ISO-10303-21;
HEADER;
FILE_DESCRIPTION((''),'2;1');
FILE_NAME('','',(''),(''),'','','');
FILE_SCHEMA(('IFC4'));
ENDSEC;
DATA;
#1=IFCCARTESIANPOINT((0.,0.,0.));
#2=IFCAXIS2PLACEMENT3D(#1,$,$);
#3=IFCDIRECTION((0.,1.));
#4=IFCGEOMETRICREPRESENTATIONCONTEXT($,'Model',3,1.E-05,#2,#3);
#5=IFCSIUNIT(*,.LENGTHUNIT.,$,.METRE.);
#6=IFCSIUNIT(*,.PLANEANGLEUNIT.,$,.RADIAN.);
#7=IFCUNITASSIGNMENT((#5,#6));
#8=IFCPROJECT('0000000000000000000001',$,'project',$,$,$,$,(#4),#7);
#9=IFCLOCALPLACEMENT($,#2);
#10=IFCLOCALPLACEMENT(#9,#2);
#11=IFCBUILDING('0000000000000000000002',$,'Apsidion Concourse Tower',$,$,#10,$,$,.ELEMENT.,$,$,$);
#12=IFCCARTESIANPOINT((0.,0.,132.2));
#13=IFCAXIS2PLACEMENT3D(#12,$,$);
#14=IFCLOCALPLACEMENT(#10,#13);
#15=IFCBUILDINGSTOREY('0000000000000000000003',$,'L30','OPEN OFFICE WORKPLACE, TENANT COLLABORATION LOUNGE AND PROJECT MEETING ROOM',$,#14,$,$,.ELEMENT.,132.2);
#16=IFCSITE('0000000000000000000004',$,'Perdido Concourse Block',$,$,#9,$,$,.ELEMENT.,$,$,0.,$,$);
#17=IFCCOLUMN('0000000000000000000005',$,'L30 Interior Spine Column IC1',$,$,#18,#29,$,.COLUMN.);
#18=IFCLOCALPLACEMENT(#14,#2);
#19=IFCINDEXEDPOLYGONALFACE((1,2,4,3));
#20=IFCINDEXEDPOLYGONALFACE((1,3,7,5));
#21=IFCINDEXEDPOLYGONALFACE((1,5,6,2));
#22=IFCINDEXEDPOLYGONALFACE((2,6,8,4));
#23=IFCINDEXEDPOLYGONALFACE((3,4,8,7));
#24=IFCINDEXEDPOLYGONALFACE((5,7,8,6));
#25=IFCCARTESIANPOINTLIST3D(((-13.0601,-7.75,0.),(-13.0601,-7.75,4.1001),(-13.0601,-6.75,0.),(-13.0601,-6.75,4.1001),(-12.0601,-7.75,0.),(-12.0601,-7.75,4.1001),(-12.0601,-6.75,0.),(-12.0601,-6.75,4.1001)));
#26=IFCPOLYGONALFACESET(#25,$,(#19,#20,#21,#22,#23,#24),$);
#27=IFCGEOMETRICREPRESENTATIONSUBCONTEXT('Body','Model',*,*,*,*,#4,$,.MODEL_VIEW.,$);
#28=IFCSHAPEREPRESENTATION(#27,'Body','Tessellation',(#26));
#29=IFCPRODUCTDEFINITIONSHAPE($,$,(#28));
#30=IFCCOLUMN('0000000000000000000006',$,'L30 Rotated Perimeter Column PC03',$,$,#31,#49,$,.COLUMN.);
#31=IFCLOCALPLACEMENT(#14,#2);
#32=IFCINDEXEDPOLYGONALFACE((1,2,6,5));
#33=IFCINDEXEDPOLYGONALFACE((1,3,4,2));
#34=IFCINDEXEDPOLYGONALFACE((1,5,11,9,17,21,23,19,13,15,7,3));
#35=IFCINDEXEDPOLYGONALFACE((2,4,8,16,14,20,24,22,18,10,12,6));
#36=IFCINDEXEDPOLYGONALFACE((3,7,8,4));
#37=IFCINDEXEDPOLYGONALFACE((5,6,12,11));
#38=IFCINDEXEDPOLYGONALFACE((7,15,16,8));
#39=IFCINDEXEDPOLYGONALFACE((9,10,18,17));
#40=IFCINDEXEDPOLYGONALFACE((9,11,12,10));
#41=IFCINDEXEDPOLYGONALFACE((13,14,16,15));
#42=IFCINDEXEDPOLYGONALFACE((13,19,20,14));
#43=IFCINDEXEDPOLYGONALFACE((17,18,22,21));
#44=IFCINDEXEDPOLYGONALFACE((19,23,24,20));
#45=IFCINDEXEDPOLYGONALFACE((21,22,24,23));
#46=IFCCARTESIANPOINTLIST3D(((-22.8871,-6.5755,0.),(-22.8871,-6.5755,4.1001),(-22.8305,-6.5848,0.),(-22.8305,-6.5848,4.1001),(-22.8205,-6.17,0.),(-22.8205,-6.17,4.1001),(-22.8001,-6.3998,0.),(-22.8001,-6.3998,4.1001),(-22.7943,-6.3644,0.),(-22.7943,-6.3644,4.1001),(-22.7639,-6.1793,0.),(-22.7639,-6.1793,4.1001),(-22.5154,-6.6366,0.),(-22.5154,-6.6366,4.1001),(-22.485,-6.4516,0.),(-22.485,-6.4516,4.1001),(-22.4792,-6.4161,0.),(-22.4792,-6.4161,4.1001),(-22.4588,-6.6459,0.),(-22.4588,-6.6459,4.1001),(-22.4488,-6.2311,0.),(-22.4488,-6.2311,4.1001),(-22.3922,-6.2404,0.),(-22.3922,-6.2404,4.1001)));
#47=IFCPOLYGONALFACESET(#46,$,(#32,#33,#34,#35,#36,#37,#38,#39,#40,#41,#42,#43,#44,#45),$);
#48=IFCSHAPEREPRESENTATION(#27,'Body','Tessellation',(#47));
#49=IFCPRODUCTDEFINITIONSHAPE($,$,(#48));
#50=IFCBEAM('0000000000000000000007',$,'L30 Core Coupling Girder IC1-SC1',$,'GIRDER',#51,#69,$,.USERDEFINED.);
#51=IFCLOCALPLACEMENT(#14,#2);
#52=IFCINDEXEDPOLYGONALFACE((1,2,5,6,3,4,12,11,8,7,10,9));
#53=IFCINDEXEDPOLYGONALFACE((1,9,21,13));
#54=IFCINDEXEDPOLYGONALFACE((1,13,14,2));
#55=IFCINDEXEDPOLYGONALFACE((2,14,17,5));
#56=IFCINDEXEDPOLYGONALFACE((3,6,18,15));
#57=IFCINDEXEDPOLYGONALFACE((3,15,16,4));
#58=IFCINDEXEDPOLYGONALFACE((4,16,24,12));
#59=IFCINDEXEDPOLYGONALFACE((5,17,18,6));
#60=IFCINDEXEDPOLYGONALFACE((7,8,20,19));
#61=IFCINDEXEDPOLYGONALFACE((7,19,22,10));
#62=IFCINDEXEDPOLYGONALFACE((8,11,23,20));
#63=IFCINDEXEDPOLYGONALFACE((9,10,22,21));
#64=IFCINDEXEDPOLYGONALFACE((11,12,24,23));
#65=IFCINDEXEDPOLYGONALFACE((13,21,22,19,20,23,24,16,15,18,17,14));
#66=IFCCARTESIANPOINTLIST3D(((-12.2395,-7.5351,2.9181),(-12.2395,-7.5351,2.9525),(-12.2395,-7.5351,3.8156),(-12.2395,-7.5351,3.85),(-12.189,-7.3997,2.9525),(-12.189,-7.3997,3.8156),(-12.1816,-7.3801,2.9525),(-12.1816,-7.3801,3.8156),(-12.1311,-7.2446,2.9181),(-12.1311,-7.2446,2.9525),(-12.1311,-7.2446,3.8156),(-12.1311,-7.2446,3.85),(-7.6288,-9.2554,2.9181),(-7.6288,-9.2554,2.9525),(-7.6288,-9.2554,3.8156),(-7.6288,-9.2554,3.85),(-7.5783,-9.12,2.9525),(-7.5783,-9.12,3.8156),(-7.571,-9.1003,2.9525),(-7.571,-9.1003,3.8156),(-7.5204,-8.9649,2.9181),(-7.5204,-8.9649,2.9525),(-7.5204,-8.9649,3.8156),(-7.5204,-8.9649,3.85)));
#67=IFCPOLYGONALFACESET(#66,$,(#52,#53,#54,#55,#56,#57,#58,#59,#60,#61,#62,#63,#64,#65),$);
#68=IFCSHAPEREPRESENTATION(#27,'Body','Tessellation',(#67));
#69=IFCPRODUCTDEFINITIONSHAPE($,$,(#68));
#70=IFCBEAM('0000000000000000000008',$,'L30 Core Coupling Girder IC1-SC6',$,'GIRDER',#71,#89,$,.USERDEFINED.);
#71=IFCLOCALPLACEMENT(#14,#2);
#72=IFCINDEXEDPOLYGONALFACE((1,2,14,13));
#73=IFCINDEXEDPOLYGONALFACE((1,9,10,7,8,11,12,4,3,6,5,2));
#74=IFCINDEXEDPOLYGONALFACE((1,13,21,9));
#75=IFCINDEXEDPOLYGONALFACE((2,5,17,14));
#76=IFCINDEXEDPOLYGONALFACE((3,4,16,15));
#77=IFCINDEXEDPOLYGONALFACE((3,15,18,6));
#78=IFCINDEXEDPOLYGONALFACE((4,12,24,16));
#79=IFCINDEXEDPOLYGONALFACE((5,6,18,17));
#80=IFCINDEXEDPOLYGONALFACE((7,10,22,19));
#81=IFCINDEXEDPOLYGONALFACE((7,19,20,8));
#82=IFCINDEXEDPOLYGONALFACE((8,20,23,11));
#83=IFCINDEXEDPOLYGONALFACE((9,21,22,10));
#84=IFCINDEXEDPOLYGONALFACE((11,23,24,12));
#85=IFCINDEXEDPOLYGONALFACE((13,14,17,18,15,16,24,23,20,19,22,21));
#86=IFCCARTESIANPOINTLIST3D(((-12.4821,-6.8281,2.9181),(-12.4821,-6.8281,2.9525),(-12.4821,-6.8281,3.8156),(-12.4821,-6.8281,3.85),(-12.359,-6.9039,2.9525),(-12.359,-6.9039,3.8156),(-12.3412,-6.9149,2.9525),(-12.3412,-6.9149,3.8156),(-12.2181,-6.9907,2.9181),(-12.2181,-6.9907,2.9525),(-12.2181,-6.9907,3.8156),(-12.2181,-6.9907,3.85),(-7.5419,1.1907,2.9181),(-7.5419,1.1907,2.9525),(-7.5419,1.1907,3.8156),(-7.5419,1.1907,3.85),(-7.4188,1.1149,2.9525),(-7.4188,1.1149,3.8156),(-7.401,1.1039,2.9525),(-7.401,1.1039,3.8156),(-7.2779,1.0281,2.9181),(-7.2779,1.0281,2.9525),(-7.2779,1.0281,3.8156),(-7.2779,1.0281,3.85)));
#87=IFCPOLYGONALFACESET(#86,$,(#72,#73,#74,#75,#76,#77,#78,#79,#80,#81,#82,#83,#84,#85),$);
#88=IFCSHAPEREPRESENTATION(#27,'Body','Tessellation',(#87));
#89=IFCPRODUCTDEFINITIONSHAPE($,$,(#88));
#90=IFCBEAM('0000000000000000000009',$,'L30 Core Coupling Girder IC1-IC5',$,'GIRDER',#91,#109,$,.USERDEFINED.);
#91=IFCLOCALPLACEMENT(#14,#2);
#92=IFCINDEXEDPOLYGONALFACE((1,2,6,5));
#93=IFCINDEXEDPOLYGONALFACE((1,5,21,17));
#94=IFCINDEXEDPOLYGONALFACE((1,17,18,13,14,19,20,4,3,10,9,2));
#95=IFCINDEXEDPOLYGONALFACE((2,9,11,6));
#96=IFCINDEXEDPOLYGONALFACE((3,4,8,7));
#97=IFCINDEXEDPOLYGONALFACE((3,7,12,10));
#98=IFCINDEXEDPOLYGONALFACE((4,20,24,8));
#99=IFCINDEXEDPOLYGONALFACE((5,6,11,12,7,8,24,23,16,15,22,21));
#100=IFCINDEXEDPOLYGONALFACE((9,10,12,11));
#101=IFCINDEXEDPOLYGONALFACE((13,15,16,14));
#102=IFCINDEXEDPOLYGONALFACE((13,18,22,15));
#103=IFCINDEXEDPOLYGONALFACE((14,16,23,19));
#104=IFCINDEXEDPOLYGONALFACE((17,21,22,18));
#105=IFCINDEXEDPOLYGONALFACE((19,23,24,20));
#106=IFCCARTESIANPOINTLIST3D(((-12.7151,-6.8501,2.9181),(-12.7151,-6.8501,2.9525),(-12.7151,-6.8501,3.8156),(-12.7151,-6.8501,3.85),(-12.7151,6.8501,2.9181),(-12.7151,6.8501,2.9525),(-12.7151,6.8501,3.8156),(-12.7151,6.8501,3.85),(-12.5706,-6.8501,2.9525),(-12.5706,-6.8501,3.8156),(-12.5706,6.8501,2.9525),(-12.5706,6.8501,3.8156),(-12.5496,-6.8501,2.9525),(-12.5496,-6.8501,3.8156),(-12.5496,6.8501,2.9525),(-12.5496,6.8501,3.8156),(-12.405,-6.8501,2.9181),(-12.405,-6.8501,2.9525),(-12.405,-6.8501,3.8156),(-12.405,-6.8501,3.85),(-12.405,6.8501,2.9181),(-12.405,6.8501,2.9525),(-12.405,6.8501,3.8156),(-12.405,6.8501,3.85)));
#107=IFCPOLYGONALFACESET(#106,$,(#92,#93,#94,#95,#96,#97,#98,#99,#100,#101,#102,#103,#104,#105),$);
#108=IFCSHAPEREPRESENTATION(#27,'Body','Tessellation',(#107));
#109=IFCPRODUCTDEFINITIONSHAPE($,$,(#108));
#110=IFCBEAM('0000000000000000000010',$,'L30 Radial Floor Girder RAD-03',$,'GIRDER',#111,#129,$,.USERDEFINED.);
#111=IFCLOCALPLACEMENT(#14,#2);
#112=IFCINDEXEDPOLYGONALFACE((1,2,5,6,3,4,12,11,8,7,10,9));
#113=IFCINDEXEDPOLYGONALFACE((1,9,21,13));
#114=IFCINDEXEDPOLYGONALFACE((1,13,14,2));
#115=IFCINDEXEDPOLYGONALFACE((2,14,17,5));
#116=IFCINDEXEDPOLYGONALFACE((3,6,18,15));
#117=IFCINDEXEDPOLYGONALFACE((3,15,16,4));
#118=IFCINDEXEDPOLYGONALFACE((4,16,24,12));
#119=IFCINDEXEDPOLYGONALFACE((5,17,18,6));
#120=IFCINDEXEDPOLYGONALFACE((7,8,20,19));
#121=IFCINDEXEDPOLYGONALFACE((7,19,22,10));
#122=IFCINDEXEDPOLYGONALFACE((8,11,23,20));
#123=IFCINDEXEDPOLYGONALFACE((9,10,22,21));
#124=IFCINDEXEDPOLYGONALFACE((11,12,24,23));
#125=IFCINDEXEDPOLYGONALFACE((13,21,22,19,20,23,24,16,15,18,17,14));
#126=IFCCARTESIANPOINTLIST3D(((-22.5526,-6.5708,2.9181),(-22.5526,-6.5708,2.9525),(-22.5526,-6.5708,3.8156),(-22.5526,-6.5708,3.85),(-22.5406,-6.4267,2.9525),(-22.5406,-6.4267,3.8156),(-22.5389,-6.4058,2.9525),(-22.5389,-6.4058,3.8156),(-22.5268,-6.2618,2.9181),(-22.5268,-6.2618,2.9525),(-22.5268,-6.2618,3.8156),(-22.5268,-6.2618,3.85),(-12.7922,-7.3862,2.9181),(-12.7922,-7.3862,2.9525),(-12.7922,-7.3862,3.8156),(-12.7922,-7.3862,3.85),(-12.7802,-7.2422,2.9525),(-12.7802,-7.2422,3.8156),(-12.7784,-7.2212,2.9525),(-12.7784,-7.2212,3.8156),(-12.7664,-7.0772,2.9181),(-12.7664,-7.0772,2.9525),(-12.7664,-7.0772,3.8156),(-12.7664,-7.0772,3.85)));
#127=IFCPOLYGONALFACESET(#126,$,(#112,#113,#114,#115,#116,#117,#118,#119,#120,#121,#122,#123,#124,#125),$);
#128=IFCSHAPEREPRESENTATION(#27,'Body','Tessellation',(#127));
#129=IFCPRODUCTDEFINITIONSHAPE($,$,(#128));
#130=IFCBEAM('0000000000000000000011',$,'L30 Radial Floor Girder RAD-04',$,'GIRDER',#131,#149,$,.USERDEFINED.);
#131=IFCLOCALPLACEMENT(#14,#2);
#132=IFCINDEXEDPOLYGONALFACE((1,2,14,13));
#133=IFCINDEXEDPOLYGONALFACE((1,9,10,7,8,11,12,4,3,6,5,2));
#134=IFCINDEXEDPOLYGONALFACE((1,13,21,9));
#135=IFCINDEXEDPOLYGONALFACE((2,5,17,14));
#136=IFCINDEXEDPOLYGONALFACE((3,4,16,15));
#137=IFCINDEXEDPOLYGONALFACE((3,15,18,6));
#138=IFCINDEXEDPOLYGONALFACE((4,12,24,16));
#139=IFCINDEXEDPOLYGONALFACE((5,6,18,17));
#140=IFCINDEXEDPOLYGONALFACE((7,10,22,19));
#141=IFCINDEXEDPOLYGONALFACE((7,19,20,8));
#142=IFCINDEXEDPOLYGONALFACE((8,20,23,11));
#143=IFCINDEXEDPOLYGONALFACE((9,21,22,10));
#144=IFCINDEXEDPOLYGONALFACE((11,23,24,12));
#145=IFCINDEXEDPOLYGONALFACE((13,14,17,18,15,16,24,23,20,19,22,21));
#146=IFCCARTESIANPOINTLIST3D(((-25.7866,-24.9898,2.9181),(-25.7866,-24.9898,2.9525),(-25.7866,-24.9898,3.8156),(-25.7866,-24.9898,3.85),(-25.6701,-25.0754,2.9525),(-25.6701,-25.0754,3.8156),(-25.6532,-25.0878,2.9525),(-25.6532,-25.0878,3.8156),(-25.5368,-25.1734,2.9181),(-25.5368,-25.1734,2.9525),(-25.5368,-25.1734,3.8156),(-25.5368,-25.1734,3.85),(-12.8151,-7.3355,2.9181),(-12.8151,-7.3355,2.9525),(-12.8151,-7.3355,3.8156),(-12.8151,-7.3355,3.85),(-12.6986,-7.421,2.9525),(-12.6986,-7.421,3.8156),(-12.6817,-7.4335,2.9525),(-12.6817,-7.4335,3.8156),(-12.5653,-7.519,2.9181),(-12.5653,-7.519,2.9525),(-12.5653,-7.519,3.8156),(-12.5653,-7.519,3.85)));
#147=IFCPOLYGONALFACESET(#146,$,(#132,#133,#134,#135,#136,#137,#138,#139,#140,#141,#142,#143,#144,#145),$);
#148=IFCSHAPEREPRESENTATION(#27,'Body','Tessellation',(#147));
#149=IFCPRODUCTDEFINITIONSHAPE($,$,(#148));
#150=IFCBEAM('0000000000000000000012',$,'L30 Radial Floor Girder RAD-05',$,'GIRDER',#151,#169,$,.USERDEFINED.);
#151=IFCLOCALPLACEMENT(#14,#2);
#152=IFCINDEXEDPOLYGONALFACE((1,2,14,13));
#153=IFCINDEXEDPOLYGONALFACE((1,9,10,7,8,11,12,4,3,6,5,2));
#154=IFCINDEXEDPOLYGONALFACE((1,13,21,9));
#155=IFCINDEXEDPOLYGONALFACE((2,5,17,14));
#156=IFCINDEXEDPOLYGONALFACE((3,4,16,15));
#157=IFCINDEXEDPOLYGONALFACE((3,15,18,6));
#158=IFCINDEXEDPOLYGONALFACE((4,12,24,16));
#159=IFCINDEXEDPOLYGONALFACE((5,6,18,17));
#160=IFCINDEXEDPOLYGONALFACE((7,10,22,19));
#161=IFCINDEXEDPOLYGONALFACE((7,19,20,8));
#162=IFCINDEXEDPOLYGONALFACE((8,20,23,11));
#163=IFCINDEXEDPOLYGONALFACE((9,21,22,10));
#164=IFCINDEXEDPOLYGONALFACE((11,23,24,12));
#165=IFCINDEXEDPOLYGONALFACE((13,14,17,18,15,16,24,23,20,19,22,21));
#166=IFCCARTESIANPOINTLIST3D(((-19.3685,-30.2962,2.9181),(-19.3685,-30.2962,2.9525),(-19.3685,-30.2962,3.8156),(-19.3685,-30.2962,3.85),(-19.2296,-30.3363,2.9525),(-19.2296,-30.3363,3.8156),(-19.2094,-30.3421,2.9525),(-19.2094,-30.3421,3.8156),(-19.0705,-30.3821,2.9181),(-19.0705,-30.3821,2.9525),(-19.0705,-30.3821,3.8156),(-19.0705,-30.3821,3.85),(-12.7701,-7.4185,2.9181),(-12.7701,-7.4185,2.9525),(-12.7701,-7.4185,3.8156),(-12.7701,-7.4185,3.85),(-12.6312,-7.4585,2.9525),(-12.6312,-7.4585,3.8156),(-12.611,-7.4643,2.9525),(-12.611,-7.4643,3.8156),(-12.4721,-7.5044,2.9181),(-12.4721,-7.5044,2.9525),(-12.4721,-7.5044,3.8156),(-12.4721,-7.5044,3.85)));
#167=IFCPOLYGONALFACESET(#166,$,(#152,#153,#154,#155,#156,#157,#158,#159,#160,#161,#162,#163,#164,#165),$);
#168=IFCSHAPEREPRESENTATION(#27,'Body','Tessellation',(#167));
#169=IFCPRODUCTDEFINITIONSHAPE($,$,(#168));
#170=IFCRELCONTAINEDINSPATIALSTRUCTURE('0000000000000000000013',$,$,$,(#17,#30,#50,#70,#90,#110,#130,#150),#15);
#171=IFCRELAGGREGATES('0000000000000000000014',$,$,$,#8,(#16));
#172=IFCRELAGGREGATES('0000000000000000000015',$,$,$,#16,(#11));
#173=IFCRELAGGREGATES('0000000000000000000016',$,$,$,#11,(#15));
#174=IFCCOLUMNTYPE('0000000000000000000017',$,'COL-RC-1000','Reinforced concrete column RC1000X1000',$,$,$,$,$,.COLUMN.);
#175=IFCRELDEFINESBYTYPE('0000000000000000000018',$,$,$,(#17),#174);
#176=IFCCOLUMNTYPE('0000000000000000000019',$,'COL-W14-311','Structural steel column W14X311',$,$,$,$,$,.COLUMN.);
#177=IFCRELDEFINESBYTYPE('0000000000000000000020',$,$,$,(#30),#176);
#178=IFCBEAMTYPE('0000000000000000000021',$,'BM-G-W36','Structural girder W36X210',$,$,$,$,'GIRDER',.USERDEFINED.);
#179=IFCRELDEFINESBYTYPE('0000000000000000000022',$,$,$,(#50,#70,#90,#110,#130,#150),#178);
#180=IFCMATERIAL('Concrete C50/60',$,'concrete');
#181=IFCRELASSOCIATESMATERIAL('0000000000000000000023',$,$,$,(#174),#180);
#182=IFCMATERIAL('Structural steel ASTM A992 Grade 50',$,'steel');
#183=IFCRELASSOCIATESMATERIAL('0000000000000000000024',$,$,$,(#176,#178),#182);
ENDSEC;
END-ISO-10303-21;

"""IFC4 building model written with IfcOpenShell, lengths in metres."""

from ifc_helpers import new_model, si_unit, direction, frame, origin, origin_2d, place, context, subcontext, project, spatial, rectangle, i_section, extrude, material, material_profile, profile_set, type_object, element, save


model = new_model("IFC4")

# Units and contexts
model_context = context("Model", 3, precision=1e-05, world=origin(), true_north=direction((0.0, 1.0)))
body_context = subcontext(model_context, "Body", "Model", "MODEL_VIEW")
ifc_project = project(units=[si_unit("LENGTHUNIT", "METRE"), si_unit("PLANEANGLEUNIT", "RADIAN")], contexts=[model_context])

# Site, building, storey
site_placement = place(None, origin())
site = spatial("IfcSite", under=ifc_project, at=site_placement, Name="Perdido Concourse Block", CompositionType="ELEMENT", RefElevation=0.0)
building_placement = place(site_placement, origin())
building = spatial("IfcBuilding", under=site, at=building_placement, Name="Apsidion Concourse Tower", CompositionType="ELEMENT")
storey_placement = place(building_placement, frame((0.0, 0.0, 132.2)))
storey = spatial("IfcBuildingStorey", under=building, at=storey_placement, Name="L30", Description="OPEN OFFICE WORKPLACE, TENANT COLLABORATION LOUNGE AND PROJECT MEETING ROOM", CompositionType="ELEMENT", Elevation=132.2)

# Columns
ifc_material_1 = material(Name="Concrete C50/60", Category="concrete")
ifc_material_profile_1 = material_profile(ifc_material_1, rectangle(XDim=1.0, YDim=1.0, at=origin_2d()), Name="RC 1000x1000")
ifc_profile_set_1 = profile_set([ifc_material_profile_1], Name="Concrete C50/60")
column_type_1 = type_object("IfcColumnType", Name="COL-RC-1000", Description="Reinforced concrete column RC1000X1000", PredefinedType="COLUMN", material=ifc_profile_set_1)
column_1_placement = place(storey_placement, frame((-12.5601, -7.25, 0.0), z_axis=(0.0, 0.0, 1.0), x_axis=(1.0, 0.0, 0.0)))
element("IfcColumn", 1, at=column_1_placement, inside=storey, type_object=column_type_1, Name="L30 Interior Spine Column IC1", PredefinedType="COLUMN", context=body_context, shape_type="SweptSolid", body=[
    extrude(rectangle(XDim=1.0, YDim=1.0, at=origin_2d()), origin(), (0.0, 0.0, 1.0), 4.1001),
])
ifc_material_2 = material(Name="Structural steel ASTM A992 Grade 50", Category="steel")
ifc_material_profile_2 = material_profile(ifc_material_2, i_section(OverallWidth=0.4109, OverallDepth=0.4341, WebThickness=0.0359, FlangeThickness=0.0574, at=origin_2d()), Name="W14X311")
ifc_profile_set_2 = profile_set([ifc_material_profile_2], Name="Structural steel ASTM A992 Grade 50")
column_type_2 = type_object("IfcColumnType", Name="COL-W14-311", Description="Structural steel column W14X311", PredefinedType="COLUMN", material=ifc_profile_set_2)
column_2_placement = place(storey_placement, frame((-22.6396, -6.408, 0.0), z_axis=(0.0, 0.0, 1.0), x_axis=(0.162121, 0.986771, 0.0)))
element("IfcColumn", 2, at=column_2_placement, inside=storey, type_object=column_type_2, Name="L30 Rotated Perimeter Column PC03", PredefinedType="COLUMN", context=body_context, shape_type="SweptSolid", body=[
    extrude(i_section(OverallWidth=0.4109, OverallDepth=0.4341, WebThickness=0.0359, FlangeThickness=0.0574, at=origin_2d()), origin(), (0.0, 0.0, 1.0), 4.1001),
])

# Beams
ifc_material_profile_3 = material_profile(ifc_material_2, i_section(OverallWidth=0.3101, OverallDepth=0.9319, WebThickness=0.021, FlangeThickness=0.0344, at=origin_2d()), Name="W36X210")
ifc_profile_set_3 = profile_set([ifc_material_profile_3], Name="Structural steel ASTM A992 Grade 50")
beam_type_1 = type_object("IfcBeamType", Name="BM-G-W36", Description="Structural girder W36X210", ElementType="GIRDER", PredefinedType="USERDEFINED", material=ifc_profile_set_3)
beam_1_placement = place(storey_placement, frame((-12.1853, -7.3899, 3.384), z_axis=(0.936913, -0.349563, 0.0), x_axis=(0.349563, 0.936913, 0.0)))
element("IfcBeam", 3, at=beam_1_placement, inside=storey, type_object=beam_type_1, Name="L30 Core Coupling Girder IC1-SC1", ObjectType="GIRDER", PredefinedType="USERDEFINED", context=body_context, shape_type="SweptSolid", body=[
    extrude(i_section(OverallWidth=0.3101, OverallDepth=0.9319, WebThickness=0.021, FlangeThickness=0.0344, at=origin_2d()), origin(), (0.0, 0.0, 1.0), 4.9211),
])
beam_2_placement = place(storey_placement, frame((-12.3501, -6.9094, 3.384), z_axis=(0.524524, 0.851396, 0.0), x_axis=(-0.851396, 0.524524, 0.0)))
element("IfcBeam", 4, at=beam_2_placement, inside=storey, type_object=beam_type_1, Name="L30 Core Coupling Girder IC1-SC6", ObjectType="GIRDER", PredefinedType="USERDEFINED", context=body_context, shape_type="SweptSolid", body=[
    extrude(i_section(OverallWidth=0.3101, OverallDepth=0.9319, WebThickness=0.021, FlangeThickness=0.0344, at=origin_2d()), origin(), (0.0, 0.0, 1.0), 9.4185),
])
beam_3_placement = place(storey_placement, frame((-12.5601, -6.8501, 3.384), z_axis=(0.0, 1.0, 0.0), x_axis=(-1.0, 0.0, 0.0)))
element("IfcBeam", 5, at=beam_3_placement, inside=storey, type_object=beam_type_1, Name="L30 Core Coupling Girder IC1-IC5", ObjectType="GIRDER", PredefinedType="USERDEFINED", context=body_context, shape_type="SweptSolid", body=[
    extrude(i_section(OverallWidth=0.3101, OverallDepth=0.9319, WebThickness=0.021, FlangeThickness=0.0344, at=origin_2d()), origin(), (0.0, 0.0, 1.0), 13.7002),
])
beam_4_placement = place(storey_placement, frame((-12.7793, -7.2317, 3.384), z_axis=(-0.996528, 0.083254, 0.0), x_axis=(-0.083254, -0.996528, 0.0)))
element("IfcBeam", 6, at=beam_4_placement, inside=storey, type_object=beam_type_1, Name="L30 Radial Floor Girder RAD-03", ObjectType="GIRDER", PredefinedType="USERDEFINED", context=body_context, shape_type="SweptSolid", body=[
    extrude(i_section(OverallWidth=0.3101, OverallDepth=0.9319, WebThickness=0.021, FlangeThickness=0.0344, at=origin_2d()), origin(), (0.0, 0.0, 1.0), 9.7944),
])
beam_5_placement = place(storey_placement, frame((-12.6902, -7.4272, 3.384), z_axis=(-0.592104, -0.805862, 0.0), x_axis=(0.805862, -0.592104, 0.0)))
element("IfcBeam", 7, at=beam_5_placement, inside=storey, type_object=beam_type_1, Name="L30 Radial Floor Girder RAD-04", ObjectType="GIRDER", PredefinedType="USERDEFINED", context=body_context, shape_type="SweptSolid", body=[
    extrude(i_section(OverallWidth=0.3101, OverallDepth=0.9319, WebThickness=0.021, FlangeThickness=0.0344, at=origin_2d()), origin(), (0.0, 0.0, 1.0), 21.9075),
])
beam_6_placement = place(storey_placement, frame((-12.6211, -7.4614, 3.384), z_axis=(-0.277124, -0.960834, 0.0), x_axis=(0.960834, -0.277124, 0.0)))
element("IfcBeam", 8, at=beam_6_placement, inside=storey, type_object=beam_type_1, Name="L30 Radial Floor Girder RAD-05", ObjectType="GIRDER", PredefinedType="USERDEFINED", context=body_context, shape_type="SweptSolid", body=[
    extrude(i_section(OverallWidth=0.3101, OverallDepth=0.9319, WebThickness=0.021, FlangeThickness=0.0344, at=origin_2d()), origin(), (0.0, 0.0, 1.0), 23.8103),
])

save(model, "model.ifc")
